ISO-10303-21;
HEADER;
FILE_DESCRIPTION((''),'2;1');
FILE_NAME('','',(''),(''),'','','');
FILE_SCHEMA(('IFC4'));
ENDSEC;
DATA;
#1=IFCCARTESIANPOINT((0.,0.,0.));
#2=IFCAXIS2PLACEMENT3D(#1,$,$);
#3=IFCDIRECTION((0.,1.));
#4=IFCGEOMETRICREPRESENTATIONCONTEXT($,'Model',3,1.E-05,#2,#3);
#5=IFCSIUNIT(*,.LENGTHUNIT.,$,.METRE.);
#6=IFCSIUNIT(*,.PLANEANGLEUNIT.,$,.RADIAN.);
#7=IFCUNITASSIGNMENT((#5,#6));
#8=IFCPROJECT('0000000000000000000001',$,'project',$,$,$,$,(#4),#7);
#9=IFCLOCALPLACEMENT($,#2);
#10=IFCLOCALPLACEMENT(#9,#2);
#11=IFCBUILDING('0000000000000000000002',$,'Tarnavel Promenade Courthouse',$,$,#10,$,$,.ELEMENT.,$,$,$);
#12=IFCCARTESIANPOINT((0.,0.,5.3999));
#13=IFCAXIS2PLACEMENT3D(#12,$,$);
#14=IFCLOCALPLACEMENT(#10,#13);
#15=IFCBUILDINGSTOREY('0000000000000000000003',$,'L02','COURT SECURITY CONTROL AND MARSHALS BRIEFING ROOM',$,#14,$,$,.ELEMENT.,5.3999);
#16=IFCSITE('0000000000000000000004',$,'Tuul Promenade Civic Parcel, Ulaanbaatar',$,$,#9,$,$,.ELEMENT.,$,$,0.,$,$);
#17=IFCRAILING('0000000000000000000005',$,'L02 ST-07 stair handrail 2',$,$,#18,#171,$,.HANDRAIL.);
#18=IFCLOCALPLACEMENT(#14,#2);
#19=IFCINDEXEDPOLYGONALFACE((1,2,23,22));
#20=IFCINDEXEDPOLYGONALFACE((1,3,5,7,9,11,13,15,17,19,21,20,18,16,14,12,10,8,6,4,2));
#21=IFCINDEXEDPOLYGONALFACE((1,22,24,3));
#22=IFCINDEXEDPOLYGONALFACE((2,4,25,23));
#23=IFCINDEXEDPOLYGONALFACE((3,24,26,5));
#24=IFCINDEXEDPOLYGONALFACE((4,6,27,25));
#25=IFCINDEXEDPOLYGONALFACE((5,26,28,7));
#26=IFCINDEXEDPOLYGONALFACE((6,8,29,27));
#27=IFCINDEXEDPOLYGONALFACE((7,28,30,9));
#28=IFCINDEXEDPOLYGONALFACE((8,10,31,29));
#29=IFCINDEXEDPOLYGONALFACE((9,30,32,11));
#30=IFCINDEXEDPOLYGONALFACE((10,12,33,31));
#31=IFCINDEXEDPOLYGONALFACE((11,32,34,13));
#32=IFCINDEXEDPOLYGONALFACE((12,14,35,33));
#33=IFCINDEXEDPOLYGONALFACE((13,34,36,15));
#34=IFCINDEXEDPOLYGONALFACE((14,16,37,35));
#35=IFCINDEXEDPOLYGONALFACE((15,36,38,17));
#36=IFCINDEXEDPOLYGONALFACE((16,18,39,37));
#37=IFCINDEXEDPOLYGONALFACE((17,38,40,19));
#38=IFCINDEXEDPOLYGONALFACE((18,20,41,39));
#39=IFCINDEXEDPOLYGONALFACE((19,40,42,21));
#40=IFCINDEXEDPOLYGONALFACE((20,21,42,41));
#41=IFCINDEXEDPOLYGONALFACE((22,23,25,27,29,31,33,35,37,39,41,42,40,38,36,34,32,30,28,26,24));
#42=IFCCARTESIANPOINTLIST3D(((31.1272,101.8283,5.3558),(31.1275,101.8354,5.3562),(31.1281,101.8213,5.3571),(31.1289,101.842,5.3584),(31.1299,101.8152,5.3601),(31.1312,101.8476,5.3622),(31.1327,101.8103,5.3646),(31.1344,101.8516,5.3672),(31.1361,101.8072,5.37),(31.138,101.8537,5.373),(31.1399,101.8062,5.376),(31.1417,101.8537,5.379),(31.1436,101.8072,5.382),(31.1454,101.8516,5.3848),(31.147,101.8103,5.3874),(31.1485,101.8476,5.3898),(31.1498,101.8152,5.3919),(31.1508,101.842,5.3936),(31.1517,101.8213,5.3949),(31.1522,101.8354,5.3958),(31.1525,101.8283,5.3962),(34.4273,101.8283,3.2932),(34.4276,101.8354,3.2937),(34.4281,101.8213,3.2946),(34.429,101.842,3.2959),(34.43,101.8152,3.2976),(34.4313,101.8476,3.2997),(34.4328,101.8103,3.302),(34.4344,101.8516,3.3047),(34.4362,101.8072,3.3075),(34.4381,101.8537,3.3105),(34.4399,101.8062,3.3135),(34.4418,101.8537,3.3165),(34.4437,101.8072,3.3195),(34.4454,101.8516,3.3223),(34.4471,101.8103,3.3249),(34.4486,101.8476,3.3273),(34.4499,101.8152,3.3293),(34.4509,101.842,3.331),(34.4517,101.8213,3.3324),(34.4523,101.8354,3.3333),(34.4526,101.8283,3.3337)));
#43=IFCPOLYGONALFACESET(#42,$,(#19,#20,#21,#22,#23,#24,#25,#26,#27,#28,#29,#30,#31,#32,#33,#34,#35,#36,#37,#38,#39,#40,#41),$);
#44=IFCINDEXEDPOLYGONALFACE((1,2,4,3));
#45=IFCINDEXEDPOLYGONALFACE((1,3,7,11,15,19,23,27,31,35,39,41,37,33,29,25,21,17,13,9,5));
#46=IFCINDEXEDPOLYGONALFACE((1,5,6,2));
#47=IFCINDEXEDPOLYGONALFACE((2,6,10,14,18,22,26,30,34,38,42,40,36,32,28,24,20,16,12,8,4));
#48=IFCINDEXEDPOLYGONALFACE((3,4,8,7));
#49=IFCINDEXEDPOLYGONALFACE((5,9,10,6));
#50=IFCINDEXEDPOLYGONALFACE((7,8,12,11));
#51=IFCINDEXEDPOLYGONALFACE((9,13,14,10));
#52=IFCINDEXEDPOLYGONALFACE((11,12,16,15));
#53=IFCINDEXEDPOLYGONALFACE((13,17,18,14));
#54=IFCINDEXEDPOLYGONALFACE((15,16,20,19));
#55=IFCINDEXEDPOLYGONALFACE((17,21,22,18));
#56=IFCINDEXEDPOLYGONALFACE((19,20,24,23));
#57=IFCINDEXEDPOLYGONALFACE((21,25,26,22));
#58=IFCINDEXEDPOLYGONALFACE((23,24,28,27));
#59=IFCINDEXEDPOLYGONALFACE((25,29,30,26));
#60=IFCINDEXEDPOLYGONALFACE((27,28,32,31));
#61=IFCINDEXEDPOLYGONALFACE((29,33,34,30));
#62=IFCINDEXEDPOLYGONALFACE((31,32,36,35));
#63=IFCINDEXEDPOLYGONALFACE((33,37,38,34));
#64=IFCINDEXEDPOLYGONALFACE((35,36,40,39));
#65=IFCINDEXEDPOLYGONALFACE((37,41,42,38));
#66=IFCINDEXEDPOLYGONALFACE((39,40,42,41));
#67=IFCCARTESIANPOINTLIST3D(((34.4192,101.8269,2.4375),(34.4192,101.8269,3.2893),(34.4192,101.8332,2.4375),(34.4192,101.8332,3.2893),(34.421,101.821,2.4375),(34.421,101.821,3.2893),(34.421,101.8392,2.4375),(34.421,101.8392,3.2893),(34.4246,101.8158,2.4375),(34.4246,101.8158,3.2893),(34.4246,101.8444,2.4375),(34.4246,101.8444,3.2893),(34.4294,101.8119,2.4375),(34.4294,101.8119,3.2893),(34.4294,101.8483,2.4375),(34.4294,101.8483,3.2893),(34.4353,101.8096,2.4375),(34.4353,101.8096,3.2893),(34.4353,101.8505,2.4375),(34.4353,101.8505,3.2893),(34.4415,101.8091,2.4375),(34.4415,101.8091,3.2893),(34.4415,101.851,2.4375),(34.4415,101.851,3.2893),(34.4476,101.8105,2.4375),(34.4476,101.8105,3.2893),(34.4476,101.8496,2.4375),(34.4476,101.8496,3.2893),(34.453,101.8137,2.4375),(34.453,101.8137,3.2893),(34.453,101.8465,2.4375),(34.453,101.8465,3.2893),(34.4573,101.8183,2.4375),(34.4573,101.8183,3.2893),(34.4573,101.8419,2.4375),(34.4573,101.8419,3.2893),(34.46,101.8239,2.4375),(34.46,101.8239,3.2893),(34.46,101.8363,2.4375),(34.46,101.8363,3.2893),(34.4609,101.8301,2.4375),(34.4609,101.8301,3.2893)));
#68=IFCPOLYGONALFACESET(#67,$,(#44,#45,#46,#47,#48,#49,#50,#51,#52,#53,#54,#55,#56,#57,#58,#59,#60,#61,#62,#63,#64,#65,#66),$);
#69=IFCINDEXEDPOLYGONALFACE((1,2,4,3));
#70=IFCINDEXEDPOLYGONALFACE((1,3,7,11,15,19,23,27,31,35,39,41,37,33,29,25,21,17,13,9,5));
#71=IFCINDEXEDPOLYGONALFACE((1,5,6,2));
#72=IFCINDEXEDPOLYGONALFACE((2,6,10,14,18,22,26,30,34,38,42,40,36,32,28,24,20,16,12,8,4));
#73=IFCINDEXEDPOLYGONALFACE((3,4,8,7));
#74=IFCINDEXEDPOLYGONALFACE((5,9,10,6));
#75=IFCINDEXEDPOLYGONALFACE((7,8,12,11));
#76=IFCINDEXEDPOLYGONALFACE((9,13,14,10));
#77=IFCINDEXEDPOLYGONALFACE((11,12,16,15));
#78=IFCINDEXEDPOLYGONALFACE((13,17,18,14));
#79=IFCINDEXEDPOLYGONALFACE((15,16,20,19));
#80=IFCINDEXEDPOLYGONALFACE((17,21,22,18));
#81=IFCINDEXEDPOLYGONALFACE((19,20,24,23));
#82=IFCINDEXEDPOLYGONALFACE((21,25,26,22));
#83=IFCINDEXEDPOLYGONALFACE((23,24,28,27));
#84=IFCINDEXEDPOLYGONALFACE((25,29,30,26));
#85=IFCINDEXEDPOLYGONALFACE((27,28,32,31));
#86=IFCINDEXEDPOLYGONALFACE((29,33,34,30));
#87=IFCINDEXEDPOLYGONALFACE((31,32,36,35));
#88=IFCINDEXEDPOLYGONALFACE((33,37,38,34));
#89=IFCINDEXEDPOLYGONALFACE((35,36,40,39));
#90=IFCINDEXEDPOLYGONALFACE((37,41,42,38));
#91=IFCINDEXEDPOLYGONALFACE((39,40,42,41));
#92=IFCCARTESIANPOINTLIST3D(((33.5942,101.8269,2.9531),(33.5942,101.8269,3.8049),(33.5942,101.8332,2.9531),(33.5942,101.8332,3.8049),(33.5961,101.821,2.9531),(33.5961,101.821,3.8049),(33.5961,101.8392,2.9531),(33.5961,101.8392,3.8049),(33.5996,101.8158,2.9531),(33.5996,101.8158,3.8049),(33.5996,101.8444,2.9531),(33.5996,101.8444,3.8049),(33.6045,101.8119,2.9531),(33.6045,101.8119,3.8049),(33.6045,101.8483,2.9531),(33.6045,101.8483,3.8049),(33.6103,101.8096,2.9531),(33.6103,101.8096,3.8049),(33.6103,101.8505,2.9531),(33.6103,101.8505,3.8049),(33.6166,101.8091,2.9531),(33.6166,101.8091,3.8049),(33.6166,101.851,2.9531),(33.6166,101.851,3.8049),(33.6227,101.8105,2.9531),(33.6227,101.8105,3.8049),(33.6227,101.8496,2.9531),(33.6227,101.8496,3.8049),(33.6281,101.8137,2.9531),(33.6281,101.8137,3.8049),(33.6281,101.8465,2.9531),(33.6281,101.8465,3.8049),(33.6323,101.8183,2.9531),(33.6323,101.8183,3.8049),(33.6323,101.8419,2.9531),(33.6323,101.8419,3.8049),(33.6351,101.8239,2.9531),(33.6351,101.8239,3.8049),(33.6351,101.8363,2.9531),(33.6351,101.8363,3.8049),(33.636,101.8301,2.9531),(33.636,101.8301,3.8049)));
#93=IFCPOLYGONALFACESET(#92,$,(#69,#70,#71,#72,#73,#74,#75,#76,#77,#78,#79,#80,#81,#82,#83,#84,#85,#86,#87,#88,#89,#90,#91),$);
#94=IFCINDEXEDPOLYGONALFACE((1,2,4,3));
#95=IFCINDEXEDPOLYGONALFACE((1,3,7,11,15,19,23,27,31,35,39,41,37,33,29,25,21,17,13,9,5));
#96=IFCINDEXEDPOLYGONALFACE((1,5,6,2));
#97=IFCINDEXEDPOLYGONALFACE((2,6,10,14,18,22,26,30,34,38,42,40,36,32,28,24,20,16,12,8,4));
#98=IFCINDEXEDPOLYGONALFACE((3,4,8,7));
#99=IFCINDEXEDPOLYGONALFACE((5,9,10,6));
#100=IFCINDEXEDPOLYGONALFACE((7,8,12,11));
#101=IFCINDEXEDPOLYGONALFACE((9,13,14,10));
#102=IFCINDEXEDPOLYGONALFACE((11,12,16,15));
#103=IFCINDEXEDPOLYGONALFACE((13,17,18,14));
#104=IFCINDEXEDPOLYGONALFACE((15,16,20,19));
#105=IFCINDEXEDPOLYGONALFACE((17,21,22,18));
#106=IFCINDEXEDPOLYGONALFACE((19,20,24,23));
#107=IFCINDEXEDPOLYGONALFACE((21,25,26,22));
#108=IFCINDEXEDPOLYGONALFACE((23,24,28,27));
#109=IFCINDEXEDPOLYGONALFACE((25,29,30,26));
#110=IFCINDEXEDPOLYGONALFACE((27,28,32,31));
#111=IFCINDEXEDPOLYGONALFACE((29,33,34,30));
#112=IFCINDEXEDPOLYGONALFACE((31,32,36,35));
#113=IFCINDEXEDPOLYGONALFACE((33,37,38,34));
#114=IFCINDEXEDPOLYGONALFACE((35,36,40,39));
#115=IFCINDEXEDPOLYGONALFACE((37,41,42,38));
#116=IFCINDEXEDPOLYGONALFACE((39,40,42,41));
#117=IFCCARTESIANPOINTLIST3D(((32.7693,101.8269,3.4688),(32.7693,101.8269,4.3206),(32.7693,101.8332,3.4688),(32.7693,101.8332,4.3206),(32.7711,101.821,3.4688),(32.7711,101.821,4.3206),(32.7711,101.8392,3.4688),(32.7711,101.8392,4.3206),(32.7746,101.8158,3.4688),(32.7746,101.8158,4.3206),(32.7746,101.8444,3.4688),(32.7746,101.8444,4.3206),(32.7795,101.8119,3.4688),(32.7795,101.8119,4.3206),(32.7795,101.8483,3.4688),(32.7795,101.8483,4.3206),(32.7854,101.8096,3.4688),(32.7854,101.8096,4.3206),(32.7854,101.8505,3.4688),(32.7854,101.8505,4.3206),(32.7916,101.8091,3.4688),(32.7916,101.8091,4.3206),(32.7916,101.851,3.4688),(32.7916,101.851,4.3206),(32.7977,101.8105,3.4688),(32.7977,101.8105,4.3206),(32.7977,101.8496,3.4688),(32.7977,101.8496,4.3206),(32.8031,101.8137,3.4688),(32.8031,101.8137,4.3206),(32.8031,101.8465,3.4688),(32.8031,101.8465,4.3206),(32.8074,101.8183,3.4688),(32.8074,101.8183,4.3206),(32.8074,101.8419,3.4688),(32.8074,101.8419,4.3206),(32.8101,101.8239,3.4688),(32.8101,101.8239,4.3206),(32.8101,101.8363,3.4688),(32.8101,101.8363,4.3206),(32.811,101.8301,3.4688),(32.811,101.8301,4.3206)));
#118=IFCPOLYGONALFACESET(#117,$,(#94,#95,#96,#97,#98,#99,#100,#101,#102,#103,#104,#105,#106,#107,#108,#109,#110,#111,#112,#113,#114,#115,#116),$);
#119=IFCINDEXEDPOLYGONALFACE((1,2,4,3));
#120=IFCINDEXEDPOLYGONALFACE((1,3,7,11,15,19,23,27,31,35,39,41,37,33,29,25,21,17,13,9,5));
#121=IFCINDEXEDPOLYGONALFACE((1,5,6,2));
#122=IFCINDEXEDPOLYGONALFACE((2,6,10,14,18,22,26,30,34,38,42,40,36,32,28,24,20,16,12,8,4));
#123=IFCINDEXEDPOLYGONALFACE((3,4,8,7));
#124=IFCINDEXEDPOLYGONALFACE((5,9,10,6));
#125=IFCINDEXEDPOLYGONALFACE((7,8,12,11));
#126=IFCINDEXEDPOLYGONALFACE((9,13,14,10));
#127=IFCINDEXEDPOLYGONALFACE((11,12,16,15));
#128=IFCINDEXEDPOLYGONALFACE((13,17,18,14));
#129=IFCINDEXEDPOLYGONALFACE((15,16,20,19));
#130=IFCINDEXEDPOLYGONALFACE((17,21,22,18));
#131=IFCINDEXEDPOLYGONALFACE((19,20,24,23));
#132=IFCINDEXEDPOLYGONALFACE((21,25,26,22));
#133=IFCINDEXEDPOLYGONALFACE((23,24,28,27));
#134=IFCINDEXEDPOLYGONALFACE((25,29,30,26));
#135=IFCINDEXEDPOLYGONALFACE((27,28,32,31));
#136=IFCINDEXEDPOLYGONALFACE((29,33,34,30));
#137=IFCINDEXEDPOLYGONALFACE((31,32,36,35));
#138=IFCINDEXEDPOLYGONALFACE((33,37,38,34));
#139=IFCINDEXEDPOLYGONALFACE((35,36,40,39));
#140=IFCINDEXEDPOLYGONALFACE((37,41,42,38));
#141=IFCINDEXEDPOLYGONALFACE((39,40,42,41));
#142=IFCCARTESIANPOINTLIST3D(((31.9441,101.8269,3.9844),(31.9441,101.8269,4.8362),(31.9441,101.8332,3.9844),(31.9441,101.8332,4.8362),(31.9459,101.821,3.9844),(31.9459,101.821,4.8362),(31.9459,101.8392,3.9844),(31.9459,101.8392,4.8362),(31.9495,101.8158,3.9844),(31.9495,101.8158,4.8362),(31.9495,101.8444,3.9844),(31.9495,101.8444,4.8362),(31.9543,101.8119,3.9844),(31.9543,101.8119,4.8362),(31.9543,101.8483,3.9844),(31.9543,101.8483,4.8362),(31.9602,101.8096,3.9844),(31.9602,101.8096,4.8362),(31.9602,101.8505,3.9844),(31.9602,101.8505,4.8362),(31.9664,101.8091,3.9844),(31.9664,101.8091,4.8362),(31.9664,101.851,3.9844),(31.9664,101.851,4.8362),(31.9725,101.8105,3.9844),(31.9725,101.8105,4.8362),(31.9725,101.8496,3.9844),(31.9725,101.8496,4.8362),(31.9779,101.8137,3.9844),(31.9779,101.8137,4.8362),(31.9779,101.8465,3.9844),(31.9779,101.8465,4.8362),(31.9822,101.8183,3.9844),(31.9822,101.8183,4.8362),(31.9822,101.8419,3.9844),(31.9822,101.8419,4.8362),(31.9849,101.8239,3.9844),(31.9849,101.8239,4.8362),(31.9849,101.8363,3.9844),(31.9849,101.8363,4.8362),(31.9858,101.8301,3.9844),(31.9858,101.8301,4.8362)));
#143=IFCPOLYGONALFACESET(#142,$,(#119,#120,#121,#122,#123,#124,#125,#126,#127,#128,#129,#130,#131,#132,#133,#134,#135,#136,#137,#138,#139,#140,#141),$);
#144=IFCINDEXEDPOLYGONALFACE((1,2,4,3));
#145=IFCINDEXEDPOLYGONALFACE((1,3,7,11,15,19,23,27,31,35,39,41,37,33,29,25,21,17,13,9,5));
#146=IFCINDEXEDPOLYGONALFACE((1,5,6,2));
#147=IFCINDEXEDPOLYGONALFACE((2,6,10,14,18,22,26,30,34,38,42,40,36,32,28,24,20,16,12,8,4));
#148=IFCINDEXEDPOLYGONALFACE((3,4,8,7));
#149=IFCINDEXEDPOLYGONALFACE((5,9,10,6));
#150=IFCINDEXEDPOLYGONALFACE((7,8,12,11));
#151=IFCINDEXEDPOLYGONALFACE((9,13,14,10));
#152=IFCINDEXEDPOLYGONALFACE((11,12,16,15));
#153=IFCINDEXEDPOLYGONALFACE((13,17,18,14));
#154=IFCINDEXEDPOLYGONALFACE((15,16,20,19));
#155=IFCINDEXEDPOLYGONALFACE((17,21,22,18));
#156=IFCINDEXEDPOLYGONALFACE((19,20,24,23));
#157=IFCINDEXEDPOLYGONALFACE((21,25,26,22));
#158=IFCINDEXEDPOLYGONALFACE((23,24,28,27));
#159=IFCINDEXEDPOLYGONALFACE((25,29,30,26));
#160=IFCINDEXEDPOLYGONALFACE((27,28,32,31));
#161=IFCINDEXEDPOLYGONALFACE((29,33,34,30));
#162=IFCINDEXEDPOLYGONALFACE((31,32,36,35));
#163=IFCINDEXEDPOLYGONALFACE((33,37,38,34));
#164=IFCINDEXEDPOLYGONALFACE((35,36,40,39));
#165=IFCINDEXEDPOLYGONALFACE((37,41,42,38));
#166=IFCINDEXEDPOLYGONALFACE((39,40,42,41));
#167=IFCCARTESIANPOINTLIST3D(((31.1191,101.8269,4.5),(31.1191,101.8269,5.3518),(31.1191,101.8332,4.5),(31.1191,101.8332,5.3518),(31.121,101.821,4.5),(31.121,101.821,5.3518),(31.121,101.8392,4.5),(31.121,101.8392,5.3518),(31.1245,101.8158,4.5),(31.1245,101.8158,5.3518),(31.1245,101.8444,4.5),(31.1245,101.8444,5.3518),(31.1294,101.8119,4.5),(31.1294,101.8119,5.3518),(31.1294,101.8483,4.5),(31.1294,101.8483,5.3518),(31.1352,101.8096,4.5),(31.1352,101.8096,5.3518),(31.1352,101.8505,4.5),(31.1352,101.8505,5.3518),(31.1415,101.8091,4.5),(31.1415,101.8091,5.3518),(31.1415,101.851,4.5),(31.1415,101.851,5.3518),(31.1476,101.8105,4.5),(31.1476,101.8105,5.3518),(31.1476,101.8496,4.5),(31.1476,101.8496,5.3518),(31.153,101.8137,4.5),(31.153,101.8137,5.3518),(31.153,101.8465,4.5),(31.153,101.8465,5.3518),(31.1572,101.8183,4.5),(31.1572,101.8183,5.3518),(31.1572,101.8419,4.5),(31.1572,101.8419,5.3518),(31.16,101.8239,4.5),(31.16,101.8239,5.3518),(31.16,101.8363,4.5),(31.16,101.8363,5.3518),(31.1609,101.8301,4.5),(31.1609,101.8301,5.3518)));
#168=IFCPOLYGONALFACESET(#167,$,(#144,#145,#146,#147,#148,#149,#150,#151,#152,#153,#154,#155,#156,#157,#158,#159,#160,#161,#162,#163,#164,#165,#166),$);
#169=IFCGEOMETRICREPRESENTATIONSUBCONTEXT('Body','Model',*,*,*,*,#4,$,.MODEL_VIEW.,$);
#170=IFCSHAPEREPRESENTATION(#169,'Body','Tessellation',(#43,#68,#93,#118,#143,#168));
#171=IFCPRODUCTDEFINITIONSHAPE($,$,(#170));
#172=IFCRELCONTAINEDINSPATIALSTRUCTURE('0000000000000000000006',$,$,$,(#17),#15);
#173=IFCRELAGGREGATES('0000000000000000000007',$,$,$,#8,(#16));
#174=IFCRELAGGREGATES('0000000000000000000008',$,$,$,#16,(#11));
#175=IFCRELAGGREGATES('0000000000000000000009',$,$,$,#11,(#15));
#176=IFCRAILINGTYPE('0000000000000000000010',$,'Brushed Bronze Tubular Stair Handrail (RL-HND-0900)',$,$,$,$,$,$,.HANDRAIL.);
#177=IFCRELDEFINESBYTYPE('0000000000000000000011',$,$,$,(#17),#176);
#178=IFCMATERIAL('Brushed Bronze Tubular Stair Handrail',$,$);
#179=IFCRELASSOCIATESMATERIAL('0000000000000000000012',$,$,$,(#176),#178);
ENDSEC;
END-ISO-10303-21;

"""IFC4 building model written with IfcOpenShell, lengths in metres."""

from ifc_helpers import new_model, si_unit, direction, frame, origin, origin_2d, place, context, subcontext, project, spatial, circle, extrude, material, type_object, element, save


model = new_model("IFC4")

# Units and contexts
model_context = context("Model", 3, precision=1e-05, world=origin(), true_north=direction((0.0, 1.0)))
body_context = subcontext(model_context, "Body", "Model", "MODEL_VIEW")
ifc_project = project(units=[si_unit("LENGTHUNIT", "METRE"), si_unit("PLANEANGLEUNIT", "RADIAN")], contexts=[model_context])

# Site, building, storey
site_placement = place(None, origin())
site = spatial("IfcSite", under=ifc_project, at=site_placement, Name="Tuul Promenade Civic Parcel, Ulaanbaatar", CompositionType="ELEMENT", RefElevation=0.0)
building_placement = place(site_placement, origin())
building = spatial("IfcBuilding", under=site, at=building_placement, Name="Tarnavel Promenade Courthouse", CompositionType="ELEMENT")
storey_placement = place(building_placement, frame((0.0, 0.0, 5.3999)))
storey = spatial("IfcBuildingStorey", under=building, at=storey_placement, Name="L02", Description="COURT SECURITY CONTROL AND MARSHALS BRIEFING ROOM", CompositionType="ELEMENT", Elevation=5.3999)

# Railing
ifc_material_1 = material(Name="Brushed Bronze Tubular Stair Handrail")
railing_type_1 = type_object("IfcRailingType", Name="Brushed Bronze Tubular Stair Handrail (RL-HND-0900)", PredefinedType="HANDRAIL", material=ifc_material_1)
railing_1_placement = place(storey_placement, frame((34.4399, 101.8301, 2.4375)))
element("IfcRailing", 1, at=railing_1_placement, inside=storey, type_object=railing_type_1, Name="L02 ST-07 stair handrail 2", PredefinedType="HANDRAIL", context=body_context, shape_type="SweptSolid", body=[
    extrude(circle(Radius=0.0239, at=origin_2d()), frame((0.0, 0.0, 0.876), z_axis=(-0.848002, 0.0, 0.529993), x_axis=(0.0, -1.0, 0.0)), (0.0, 0.0, 1.0), 3.8916),
    extrude(circle(Radius=0.021, at=origin_2d()), origin(), (0.0, 0.0, 1.0), 0.8518),
    extrude(circle(Radius=0.021, at=origin_2d()), frame((-0.825, 0.0, 0.5156)), (0.0, 0.0, 1.0), 0.8518),
    extrude(circle(Radius=0.021, at=origin_2d()), frame((-1.6499, 0.0, 1.0312)), (0.0, 0.0, 1.0), 0.8518),
    extrude(circle(Radius=0.021, at=origin_2d()), frame((-2.4751, 0.0, 1.5469)), (0.0, 0.0, 1.0), 0.8518),
    extrude(circle(Radius=0.021, at=origin_2d()), frame((-3.3, 0.0, 2.0625)), (0.0, 0.0, 1.0), 0.8518),
])

save(model, "model.ifc")
